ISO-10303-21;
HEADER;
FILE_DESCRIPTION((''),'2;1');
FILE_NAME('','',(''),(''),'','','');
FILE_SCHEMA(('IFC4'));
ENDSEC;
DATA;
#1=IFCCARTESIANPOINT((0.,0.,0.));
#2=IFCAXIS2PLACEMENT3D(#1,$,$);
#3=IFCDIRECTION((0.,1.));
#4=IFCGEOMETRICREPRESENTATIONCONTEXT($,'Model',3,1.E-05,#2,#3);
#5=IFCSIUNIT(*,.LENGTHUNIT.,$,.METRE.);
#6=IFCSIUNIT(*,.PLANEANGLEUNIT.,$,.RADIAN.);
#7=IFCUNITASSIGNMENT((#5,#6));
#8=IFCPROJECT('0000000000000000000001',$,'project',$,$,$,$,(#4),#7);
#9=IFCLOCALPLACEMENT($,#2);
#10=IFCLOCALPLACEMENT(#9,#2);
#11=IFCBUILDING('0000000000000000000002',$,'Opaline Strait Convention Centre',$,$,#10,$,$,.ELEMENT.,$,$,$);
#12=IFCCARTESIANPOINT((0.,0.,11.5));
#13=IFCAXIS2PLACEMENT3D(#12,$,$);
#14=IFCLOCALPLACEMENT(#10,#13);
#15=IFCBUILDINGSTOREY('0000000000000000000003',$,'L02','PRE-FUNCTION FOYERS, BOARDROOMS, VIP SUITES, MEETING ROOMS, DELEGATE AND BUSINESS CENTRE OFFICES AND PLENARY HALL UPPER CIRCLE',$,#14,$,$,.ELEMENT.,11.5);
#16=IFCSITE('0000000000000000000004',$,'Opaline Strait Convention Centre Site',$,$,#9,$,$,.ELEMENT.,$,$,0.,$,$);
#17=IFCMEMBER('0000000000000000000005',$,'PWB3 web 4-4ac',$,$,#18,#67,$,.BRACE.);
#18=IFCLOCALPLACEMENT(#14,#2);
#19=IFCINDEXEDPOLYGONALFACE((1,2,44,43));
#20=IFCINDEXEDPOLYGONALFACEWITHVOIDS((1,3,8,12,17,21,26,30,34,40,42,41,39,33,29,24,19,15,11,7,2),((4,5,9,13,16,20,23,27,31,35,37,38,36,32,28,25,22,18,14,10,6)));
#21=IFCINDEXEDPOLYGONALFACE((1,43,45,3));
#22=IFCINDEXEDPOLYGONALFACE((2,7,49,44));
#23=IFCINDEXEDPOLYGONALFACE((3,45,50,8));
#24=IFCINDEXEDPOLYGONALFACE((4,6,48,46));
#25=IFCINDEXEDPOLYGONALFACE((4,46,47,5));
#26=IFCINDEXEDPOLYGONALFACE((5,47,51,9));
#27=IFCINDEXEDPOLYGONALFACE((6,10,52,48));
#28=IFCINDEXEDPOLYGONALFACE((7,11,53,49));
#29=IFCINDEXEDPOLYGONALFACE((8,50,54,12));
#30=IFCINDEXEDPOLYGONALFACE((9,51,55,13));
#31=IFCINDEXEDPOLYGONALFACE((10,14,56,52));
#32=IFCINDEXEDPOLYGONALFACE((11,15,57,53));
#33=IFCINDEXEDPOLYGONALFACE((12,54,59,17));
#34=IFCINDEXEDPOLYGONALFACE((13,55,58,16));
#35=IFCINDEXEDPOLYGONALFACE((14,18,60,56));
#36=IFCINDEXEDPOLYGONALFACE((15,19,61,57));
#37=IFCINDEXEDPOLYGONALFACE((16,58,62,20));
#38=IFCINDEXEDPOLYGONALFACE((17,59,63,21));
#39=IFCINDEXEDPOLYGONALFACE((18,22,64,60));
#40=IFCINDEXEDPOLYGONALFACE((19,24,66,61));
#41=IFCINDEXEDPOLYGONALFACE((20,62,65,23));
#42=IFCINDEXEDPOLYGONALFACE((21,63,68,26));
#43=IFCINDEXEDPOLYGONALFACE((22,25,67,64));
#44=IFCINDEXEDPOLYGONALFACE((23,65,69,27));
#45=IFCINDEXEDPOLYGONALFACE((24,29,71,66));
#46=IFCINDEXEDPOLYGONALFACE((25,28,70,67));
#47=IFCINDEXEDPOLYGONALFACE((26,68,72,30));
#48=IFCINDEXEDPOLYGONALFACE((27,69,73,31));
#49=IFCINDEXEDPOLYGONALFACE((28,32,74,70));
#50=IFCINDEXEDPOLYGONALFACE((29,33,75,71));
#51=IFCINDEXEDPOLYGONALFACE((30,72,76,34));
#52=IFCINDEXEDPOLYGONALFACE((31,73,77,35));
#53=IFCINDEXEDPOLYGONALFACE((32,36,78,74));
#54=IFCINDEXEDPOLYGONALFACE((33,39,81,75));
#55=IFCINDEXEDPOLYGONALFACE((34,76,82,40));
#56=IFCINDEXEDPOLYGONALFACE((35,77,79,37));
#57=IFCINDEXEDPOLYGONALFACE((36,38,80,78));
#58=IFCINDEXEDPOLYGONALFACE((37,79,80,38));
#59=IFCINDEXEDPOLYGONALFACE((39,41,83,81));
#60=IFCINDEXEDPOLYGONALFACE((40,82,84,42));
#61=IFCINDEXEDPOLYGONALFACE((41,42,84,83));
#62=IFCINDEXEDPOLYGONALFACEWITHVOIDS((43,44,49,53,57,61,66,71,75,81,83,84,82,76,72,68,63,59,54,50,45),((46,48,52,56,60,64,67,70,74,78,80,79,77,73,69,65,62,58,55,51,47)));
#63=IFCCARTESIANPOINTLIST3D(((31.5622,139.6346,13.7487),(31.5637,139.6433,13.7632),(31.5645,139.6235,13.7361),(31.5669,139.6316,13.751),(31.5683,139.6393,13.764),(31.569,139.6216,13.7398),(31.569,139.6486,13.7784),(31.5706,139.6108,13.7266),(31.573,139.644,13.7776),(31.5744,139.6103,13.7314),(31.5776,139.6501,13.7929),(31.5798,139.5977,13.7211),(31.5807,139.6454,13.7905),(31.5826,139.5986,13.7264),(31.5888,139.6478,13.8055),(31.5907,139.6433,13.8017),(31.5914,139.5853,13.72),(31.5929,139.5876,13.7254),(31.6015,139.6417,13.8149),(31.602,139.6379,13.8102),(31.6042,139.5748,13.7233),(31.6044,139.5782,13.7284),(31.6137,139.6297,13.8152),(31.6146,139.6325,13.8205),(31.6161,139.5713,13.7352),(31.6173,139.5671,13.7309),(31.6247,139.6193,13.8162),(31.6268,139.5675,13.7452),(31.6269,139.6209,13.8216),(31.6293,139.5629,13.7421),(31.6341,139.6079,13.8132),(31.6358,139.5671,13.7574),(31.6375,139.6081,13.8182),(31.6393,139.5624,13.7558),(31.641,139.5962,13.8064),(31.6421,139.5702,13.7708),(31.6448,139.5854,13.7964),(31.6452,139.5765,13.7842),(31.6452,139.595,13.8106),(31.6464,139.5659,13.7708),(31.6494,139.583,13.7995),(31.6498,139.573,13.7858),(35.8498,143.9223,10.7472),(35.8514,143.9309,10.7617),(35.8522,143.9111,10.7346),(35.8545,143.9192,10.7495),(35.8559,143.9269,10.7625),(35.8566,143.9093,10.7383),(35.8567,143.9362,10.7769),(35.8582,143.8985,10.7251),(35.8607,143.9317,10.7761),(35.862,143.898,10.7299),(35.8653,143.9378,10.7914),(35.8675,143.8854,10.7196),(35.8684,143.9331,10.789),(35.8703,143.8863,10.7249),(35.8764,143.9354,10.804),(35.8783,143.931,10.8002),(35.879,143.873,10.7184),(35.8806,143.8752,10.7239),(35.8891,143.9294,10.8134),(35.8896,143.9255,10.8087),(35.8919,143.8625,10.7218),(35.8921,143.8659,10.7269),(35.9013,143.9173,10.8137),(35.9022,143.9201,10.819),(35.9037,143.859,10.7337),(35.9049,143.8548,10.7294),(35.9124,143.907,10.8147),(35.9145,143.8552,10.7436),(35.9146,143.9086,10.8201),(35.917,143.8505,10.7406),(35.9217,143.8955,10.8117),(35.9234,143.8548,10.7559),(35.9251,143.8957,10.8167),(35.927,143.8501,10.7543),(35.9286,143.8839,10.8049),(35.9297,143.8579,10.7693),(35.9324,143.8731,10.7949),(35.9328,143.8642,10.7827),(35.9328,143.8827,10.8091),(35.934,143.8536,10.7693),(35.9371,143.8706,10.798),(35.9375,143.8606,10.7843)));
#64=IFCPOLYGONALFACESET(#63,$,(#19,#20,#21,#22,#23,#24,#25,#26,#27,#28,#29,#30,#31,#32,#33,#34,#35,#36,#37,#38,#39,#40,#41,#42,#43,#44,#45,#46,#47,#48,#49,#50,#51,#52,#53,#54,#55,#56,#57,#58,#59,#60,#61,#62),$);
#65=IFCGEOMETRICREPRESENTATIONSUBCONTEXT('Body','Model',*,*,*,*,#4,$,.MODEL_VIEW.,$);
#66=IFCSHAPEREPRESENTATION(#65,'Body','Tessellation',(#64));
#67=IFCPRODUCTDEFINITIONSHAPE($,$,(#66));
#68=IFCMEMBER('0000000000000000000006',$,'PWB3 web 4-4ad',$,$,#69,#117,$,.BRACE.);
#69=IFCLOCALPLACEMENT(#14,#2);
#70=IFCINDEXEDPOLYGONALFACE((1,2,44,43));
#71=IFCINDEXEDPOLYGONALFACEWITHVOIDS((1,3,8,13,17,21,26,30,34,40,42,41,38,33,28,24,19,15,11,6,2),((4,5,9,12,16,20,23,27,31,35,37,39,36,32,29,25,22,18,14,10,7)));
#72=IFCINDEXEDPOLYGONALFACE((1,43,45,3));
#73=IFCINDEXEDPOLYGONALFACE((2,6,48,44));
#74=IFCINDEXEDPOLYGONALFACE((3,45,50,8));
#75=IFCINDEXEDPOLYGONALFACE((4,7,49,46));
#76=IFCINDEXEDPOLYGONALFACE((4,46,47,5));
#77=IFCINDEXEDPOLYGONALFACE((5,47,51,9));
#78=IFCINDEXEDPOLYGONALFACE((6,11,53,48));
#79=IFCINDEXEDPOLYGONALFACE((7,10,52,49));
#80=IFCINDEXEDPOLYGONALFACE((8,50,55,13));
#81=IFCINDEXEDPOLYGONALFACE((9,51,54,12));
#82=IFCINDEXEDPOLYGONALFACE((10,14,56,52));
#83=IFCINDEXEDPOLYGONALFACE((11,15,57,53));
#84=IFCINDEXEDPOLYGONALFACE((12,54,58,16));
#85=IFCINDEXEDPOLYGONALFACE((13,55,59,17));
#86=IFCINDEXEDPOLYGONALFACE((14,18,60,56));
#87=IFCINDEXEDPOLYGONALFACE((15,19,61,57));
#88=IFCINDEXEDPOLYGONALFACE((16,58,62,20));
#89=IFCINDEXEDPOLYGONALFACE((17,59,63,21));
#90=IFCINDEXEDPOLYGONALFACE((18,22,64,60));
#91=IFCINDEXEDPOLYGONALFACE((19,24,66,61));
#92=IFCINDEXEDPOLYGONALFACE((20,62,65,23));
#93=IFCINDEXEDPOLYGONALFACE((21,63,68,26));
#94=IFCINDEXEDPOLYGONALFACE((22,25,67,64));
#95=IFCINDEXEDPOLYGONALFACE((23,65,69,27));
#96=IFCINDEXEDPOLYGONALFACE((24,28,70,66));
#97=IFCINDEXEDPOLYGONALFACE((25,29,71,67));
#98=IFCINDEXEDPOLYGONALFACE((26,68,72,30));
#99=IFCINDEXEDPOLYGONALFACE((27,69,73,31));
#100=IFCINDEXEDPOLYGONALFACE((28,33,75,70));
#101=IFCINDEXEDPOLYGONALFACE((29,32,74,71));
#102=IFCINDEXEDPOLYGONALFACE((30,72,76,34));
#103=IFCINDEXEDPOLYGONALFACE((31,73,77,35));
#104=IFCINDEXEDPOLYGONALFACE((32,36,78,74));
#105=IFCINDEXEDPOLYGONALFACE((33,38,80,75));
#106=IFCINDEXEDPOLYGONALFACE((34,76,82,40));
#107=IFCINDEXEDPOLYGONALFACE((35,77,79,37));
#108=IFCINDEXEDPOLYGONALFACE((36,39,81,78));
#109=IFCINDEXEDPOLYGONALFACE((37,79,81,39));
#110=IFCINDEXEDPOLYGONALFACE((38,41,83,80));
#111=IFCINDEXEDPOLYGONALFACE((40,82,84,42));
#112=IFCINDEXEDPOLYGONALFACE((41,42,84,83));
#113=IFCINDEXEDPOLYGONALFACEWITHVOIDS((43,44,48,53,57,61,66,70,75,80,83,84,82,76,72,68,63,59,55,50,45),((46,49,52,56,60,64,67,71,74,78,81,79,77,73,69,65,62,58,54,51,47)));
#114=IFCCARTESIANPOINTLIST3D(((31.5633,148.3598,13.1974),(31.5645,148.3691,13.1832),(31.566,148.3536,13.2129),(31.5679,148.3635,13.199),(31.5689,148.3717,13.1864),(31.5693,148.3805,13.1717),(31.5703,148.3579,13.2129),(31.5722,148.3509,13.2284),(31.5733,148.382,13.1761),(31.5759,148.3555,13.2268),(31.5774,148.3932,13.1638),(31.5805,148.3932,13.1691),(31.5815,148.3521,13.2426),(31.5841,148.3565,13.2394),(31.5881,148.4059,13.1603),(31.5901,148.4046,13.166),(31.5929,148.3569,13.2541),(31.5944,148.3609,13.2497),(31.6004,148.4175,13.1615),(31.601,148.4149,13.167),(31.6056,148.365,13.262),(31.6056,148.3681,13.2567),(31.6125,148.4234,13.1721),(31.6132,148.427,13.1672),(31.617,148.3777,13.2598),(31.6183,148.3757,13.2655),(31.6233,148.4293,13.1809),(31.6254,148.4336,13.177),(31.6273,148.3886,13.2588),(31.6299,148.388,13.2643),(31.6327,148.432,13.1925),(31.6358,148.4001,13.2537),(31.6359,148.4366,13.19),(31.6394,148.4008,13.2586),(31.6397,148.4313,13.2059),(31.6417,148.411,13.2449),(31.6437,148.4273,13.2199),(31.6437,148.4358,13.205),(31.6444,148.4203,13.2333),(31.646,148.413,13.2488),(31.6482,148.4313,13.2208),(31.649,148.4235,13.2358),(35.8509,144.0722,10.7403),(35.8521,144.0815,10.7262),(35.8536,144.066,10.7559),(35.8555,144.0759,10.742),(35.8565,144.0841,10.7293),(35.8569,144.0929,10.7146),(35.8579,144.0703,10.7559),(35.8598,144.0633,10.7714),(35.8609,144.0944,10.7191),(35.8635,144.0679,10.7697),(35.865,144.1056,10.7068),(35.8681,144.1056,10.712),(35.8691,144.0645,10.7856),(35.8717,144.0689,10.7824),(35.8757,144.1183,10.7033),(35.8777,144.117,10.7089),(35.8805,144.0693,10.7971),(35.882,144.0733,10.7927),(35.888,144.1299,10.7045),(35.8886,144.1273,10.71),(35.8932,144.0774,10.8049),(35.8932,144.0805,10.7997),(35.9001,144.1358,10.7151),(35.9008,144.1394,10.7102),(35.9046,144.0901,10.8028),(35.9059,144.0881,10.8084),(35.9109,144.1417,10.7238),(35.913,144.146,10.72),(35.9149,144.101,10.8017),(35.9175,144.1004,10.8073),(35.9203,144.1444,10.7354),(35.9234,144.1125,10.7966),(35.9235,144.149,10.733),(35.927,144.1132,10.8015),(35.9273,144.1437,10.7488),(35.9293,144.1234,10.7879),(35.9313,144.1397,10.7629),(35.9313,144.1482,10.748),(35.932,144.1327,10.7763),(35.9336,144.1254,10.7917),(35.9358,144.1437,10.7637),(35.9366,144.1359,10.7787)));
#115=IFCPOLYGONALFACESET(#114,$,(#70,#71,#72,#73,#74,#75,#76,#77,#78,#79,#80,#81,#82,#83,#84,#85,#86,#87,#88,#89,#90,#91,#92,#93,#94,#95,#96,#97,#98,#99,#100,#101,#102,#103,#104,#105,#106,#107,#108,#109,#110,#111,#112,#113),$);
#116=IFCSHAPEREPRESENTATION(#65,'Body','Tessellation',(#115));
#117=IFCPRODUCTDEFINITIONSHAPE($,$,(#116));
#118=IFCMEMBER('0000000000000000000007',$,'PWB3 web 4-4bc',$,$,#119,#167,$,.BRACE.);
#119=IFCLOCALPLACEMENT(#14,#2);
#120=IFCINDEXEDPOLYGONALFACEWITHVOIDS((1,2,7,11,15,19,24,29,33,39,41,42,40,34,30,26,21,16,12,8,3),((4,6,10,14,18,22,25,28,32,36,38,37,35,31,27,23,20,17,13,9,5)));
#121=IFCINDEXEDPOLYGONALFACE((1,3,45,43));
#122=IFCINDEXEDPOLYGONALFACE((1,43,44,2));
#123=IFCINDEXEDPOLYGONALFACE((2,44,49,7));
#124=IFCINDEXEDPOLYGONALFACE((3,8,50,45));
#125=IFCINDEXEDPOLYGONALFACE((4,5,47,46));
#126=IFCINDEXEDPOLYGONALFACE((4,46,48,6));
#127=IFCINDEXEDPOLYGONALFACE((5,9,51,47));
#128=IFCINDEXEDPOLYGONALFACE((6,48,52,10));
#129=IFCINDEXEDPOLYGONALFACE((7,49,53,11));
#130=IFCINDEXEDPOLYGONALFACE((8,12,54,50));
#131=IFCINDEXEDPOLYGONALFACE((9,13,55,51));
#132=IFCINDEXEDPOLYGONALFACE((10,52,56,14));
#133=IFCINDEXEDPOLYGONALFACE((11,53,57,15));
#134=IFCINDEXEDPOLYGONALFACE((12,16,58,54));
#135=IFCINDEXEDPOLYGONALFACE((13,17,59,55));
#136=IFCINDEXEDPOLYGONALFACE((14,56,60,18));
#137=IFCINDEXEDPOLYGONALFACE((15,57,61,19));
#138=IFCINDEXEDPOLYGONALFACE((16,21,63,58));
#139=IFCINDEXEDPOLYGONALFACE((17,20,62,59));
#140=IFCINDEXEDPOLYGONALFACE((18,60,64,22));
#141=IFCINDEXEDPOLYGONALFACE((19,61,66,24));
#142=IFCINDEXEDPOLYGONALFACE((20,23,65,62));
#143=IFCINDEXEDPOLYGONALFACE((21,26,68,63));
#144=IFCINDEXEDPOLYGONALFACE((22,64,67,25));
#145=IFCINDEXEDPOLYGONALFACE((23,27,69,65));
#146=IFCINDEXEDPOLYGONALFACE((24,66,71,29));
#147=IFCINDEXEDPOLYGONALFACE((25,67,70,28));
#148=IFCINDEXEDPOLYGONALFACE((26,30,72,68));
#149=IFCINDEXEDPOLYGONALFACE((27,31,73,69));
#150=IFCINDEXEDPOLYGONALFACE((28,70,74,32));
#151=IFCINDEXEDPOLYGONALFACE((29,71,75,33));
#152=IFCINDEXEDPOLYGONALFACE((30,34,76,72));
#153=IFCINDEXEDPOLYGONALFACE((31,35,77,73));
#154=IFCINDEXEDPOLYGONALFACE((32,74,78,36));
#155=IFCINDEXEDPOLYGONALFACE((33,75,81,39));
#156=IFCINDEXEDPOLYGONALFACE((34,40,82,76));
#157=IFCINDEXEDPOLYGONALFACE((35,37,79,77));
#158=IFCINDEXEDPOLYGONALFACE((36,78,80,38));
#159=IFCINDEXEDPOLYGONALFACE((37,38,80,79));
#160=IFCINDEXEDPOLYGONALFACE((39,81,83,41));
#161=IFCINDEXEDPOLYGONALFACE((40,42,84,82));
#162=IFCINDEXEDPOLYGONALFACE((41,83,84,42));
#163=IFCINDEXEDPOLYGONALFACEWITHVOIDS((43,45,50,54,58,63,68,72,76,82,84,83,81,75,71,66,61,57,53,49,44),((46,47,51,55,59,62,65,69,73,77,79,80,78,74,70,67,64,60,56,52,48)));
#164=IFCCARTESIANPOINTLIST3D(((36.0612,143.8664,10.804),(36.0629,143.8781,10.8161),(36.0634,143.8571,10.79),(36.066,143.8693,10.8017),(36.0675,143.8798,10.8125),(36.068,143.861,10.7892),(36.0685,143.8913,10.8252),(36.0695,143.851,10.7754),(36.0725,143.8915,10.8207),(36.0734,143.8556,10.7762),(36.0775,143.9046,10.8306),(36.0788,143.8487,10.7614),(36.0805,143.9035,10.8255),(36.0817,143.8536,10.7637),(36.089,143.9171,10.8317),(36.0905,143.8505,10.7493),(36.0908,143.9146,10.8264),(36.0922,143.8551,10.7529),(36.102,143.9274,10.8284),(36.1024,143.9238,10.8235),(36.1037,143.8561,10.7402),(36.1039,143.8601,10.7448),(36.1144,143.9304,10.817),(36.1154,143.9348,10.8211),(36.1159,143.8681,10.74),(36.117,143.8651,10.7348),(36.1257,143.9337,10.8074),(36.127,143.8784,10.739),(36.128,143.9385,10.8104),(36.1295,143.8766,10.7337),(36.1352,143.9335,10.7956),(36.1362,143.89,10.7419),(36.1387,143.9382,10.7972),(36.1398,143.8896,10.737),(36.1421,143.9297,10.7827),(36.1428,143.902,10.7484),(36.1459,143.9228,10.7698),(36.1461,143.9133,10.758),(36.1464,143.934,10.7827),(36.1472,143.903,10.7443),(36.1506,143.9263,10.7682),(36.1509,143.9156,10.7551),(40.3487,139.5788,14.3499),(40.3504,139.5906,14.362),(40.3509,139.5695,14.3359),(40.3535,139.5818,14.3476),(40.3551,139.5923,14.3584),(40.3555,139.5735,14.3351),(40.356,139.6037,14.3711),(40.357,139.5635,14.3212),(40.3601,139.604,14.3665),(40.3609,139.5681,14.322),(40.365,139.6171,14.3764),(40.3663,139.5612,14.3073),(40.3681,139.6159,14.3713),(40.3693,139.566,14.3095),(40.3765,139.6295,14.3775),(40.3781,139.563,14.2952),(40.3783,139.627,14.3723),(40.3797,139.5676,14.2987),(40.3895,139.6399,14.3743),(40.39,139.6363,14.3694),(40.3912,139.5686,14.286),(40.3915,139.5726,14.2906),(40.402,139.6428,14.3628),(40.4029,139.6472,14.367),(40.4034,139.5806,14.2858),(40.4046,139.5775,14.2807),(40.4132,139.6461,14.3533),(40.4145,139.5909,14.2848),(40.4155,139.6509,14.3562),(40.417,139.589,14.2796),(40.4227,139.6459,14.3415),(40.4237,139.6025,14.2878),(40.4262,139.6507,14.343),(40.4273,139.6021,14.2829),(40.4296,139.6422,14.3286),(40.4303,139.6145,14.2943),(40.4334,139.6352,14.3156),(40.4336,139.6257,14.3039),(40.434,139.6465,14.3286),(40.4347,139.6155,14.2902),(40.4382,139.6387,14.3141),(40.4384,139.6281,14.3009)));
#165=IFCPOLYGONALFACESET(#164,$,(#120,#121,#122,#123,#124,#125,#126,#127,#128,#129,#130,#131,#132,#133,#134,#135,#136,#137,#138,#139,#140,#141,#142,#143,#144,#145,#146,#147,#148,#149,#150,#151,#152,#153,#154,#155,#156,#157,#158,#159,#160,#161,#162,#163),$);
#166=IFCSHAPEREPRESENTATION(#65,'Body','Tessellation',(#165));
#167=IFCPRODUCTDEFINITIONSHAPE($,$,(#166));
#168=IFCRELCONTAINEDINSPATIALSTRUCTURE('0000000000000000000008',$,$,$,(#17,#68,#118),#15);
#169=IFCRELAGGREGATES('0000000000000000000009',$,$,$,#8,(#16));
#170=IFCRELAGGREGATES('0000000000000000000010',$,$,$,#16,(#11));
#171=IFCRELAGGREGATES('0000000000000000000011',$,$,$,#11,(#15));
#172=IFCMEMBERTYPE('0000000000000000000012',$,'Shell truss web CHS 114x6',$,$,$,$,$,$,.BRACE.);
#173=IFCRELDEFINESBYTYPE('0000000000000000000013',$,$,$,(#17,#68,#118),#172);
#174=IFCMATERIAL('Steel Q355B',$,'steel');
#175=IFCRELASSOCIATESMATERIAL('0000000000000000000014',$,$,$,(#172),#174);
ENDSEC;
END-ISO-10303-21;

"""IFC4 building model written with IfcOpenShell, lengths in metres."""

from ifc_helpers import new_model, si_unit, direction, frame, origin, origin_2d, place, context, subcontext, project, spatial, hollow_circle, extrude, material, material_profile, profile_set, type_object, element, save


model = new_model("IFC4")

# Units and contexts
model_context = context("Model", 3, precision=1e-05, world=origin(), true_north=direction((0.0, 1.0)))
body_context = subcontext(model_context, "Body", "Model", "MODEL_VIEW")
ifc_project = project(units=[si_unit("LENGTHUNIT", "METRE"), si_unit("PLANEANGLEUNIT", "RADIAN")], contexts=[model_context])

# Site, building, storey
site_placement = place(None, origin())
site = spatial("IfcSite", under=ifc_project, at=site_placement, Name="Opaline Strait Convention Centre Site", CompositionType="ELEMENT", RefElevation=0.0)
building_placement = place(site_placement, origin())
building = spatial("IfcBuilding", under=site, at=building_placement, Name="Opaline Strait Convention Centre", CompositionType="ELEMENT")
storey_placement = place(building_placement, frame((0.0, 0.0, 11.5)))
storey = spatial("IfcBuildingStorey", under=building, at=storey_placement, Name="L02", Description="PRE-FUNCTION FOYERS, BOARDROOMS, VIP SUITES, MEETING ROOMS, DELEGATE AND BUSINESS CENTRE OFFICES AND PLENARY HALL UPPER CIRCLE", CompositionType="ELEMENT", Elevation=11.5)

# Members
ifc_material_1 = material(Name="Steel Q355B", Category="steel")
ifc_material_profile_1 = material_profile(ifc_material_1, hollow_circle(Radius=0.0569, WallThickness=0.0061, at=origin_2d()), Name="CHS 114x6")
ifc_profile_set_1 = profile_set([ifc_material_profile_1], Name="Steel Q355B")
member_type_1 = type_object("IfcMemberType", Name="Shell truss web CHS 114x6", PredefinedType="BRACE", material=ifc_profile_set_1)
member_1_placement = place(storey_placement, frame((35.8938, 143.8938, 10.7693), z_axis=(-0.633718, -0.633718, 0.443624), x_axis=(0.707107, -0.707107, 0.0)))
element("IfcMember", 1, at=member_1_placement, inside=storey, type_object=member_type_1, Name="PWB3 web 4-4ac", PredefinedType="BRACE", context=body_context, shape_type="SweptSolid", body=[
    extrude(hollow_circle(Radius=0.0569, WallThickness=0.0061, at=origin_2d()), origin(), (0.0, 0.0, 1.0), 6.7659),
])
member_2_placement = place(storey_placement, frame((35.8938, 144.1062, 10.7559), z_axis=(-0.655348, 0.655348, 0.375551), x_axis=(-0.707107, -0.707107, 0.0)))
element("IfcMember", 2, at=member_2_placement, inside=storey, type_object=member_type_1, Name="PWB3 web 4-4ad", PredefinedType="BRACE", context=body_context, shape_type="SweptSolid", body=[
    extrude(hollow_circle(Radius=0.0569, WallThickness=0.0061, at=origin_2d()), origin(), (0.0, 0.0, 1.0), 6.5425),
])
member_3_placement = place(storey_placement, frame((36.1062, 143.8938, 10.7827), z_axis=(0.610398, -0.610398, 0.504807), x_axis=(0.707107, 0.707107, 0.0)))
element("IfcMember", 3, at=member_3_placement, inside=storey, type_object=member_type_1, Name="PWB3 web 4-4bc", PredefinedType="BRACE", context=body_context, shape_type="SweptSolid", body=[
    extrude(hollow_circle(Radius=0.0569, WallThickness=0.0061, at=origin_2d()), origin(), (0.0, 0.0, 1.0), 7.0242),
])

save(model, "model.ifc")
